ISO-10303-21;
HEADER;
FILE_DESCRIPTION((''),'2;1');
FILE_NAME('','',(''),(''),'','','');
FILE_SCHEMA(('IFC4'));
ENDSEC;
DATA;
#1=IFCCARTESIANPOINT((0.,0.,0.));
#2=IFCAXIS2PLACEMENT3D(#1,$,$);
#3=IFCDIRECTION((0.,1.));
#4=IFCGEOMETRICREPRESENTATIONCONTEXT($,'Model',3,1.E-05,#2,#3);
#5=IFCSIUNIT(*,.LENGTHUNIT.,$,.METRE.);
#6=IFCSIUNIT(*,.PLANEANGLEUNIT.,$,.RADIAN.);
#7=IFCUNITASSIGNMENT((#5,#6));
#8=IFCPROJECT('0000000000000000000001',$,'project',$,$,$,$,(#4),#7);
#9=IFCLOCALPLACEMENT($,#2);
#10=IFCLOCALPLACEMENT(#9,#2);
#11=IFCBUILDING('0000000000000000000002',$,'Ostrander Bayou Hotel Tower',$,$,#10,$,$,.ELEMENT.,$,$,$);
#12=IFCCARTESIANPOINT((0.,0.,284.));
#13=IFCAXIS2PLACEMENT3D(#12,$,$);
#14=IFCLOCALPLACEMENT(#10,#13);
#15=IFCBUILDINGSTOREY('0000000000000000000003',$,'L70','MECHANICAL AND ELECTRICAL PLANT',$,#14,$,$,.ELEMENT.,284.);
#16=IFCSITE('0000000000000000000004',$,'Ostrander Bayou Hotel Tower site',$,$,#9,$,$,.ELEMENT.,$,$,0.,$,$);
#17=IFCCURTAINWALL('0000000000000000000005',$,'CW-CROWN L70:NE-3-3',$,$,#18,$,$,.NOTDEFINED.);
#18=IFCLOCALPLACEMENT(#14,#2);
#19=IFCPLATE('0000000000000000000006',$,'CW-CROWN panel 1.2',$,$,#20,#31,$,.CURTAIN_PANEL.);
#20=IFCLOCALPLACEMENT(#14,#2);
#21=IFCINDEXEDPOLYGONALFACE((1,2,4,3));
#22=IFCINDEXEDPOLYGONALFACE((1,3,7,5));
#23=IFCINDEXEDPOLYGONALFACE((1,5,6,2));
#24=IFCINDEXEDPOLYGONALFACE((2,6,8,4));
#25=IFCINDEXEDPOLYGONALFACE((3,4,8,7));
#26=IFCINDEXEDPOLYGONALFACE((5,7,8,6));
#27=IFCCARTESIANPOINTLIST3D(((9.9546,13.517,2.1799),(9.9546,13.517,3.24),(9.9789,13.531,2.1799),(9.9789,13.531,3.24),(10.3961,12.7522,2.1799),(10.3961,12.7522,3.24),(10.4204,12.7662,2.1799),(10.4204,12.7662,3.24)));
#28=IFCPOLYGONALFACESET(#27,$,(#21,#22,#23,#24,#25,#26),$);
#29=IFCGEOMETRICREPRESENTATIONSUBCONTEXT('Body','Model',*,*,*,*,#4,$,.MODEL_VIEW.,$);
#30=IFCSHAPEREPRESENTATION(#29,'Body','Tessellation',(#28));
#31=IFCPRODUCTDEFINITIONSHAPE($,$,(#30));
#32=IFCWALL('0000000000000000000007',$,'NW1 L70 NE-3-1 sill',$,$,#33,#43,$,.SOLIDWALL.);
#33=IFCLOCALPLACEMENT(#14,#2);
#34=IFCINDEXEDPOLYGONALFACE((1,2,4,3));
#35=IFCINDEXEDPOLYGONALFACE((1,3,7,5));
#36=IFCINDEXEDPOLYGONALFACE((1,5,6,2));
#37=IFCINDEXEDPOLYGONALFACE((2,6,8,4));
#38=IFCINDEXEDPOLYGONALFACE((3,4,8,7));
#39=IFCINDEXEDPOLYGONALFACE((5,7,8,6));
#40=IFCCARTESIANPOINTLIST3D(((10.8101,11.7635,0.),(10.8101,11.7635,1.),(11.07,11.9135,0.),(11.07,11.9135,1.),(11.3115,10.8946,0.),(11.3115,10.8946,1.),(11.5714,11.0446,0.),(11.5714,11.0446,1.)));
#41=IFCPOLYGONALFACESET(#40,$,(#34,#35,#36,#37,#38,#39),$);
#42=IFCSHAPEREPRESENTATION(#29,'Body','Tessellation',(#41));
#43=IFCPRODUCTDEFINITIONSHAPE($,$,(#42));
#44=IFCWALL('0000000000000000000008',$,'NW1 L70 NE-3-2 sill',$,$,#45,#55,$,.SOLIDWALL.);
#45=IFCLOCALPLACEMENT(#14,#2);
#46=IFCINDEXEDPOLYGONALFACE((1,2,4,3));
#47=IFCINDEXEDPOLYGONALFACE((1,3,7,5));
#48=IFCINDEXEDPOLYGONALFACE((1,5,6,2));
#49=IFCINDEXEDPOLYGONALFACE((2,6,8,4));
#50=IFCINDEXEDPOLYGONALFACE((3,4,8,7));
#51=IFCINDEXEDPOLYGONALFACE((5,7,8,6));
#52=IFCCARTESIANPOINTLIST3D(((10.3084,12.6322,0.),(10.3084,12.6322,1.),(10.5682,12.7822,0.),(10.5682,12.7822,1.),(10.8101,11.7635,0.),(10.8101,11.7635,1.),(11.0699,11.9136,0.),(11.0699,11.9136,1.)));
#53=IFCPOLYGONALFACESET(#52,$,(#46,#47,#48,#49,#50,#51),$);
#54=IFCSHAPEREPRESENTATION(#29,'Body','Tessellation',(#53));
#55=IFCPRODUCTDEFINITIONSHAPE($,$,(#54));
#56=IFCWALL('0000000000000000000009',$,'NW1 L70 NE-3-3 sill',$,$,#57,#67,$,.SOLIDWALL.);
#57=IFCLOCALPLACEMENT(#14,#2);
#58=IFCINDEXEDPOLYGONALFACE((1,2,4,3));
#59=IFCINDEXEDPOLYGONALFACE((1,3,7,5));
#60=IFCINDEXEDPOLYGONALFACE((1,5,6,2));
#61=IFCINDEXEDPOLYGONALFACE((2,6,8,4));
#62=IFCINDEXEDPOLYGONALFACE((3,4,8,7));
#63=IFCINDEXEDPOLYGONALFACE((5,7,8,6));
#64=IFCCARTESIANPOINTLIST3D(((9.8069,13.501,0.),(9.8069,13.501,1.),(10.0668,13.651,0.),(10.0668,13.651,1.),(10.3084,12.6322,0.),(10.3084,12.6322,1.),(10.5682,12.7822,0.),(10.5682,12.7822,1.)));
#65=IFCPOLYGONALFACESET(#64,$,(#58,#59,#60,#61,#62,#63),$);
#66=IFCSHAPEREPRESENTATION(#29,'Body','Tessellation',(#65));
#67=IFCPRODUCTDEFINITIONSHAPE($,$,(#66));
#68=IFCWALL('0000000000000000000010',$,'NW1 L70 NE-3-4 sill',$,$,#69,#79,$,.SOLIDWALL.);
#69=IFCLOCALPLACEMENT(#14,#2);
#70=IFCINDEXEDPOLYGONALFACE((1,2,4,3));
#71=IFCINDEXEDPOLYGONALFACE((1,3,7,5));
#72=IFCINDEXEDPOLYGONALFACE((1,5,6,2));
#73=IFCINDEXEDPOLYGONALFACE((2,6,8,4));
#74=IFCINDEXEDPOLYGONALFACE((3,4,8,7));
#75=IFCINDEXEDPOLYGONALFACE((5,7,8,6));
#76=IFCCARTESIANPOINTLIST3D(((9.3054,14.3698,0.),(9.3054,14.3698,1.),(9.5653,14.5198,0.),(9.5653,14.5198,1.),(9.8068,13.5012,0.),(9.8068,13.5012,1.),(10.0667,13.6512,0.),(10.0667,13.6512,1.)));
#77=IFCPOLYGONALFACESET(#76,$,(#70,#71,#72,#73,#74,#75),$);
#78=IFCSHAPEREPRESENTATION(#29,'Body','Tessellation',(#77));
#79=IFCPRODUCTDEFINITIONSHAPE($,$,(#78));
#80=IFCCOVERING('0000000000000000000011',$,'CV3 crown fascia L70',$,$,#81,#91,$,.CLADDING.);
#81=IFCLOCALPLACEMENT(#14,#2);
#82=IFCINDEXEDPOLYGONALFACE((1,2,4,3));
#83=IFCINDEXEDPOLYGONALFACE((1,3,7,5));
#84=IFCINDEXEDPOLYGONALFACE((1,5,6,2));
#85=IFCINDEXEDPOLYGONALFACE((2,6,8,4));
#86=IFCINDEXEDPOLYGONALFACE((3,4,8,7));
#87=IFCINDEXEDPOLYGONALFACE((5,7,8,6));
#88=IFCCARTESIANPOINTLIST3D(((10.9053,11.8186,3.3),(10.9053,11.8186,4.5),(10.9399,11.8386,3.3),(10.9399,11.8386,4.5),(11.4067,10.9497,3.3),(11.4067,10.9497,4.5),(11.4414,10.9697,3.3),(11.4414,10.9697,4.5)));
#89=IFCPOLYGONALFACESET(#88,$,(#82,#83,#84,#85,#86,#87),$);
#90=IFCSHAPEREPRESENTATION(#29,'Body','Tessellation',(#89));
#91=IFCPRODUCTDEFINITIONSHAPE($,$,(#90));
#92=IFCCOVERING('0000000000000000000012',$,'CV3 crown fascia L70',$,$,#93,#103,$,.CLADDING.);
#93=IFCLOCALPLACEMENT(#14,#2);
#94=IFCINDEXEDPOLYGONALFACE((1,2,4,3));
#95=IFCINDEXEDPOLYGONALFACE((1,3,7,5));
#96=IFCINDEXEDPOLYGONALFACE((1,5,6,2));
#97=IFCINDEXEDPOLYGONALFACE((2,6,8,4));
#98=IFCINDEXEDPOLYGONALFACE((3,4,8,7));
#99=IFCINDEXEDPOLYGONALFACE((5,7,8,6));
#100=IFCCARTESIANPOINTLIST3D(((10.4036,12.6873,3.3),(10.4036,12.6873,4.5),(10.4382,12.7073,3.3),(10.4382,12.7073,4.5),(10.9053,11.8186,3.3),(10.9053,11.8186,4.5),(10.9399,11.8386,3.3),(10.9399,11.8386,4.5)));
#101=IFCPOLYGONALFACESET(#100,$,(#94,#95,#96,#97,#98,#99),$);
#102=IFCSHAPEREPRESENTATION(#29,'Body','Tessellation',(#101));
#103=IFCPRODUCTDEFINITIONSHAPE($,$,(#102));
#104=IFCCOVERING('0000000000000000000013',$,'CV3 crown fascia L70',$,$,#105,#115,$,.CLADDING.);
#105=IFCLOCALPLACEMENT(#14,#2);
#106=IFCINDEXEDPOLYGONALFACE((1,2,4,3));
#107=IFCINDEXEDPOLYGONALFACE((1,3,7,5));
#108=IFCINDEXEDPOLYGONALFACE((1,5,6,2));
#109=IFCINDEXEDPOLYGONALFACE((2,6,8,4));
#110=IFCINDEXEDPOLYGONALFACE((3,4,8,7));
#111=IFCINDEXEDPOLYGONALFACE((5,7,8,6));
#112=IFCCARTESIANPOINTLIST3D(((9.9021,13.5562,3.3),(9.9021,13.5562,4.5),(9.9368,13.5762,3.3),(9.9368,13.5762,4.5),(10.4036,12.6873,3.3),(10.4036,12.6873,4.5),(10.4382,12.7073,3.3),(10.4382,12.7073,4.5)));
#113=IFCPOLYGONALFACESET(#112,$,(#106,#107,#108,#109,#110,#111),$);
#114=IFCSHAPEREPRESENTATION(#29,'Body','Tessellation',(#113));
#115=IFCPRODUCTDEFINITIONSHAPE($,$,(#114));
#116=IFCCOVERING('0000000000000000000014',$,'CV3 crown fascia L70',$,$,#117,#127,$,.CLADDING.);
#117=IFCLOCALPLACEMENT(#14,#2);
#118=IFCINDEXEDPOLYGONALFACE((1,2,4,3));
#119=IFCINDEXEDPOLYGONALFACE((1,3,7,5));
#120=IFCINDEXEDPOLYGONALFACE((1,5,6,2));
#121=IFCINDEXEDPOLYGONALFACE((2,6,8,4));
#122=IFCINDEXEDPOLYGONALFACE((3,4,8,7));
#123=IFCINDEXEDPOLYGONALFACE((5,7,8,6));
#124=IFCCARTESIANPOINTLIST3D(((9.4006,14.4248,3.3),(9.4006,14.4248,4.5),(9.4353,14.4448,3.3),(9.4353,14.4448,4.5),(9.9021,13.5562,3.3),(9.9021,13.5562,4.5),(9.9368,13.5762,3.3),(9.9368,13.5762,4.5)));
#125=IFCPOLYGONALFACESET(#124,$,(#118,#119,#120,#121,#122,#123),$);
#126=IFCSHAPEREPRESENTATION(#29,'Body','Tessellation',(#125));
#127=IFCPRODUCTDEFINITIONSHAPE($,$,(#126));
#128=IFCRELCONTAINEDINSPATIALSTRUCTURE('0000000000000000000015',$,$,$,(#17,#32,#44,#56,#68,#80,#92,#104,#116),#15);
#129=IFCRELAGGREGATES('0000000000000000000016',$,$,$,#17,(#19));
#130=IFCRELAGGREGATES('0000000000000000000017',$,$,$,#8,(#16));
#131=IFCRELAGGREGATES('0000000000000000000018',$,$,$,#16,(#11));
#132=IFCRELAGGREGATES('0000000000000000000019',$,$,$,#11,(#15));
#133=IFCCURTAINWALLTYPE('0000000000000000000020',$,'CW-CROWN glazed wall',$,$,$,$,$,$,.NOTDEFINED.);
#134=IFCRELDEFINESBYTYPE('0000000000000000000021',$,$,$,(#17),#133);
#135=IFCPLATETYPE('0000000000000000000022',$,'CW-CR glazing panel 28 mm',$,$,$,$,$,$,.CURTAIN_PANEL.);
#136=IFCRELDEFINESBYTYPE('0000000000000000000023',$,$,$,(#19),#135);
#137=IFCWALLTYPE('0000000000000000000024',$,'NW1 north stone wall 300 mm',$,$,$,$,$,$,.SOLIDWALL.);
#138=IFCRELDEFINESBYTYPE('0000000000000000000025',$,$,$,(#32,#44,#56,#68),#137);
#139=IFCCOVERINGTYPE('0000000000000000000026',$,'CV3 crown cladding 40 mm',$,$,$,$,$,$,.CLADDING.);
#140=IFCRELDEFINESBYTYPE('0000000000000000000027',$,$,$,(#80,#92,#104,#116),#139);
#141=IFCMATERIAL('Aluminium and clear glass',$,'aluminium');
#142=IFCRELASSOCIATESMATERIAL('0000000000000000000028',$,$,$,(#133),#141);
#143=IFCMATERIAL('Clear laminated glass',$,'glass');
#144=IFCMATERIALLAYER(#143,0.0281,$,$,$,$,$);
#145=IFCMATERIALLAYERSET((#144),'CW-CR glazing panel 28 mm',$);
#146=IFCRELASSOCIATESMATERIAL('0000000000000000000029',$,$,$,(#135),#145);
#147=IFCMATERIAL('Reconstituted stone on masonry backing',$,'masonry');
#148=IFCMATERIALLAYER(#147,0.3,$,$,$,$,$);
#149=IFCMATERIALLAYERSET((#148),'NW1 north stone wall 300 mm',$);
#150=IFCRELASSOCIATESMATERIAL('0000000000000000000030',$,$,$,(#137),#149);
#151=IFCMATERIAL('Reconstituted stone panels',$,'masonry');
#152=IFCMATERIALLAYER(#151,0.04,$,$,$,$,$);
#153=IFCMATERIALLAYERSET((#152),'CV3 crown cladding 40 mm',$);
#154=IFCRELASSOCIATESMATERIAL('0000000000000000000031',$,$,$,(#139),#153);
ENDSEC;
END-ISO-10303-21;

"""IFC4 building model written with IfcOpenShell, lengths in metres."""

from ifc_helpers import new_model, si_unit, direction, frame, frame_2d, origin, origin_2d, place, context, subcontext, project, spatial, polyline, rectangle, outline, extrude, material, layer, layer_set, type_object, element, aggregate, save


model = new_model("IFC4")

# Units and contexts
model_context = context("Model", 3, precision=1e-05, world=origin(), true_north=direction((0.0, 1.0)))
body_context = subcontext(model_context, "Body", "Model", "MODEL_VIEW")
ifc_project = project(units=[si_unit("LENGTHUNIT", "METRE"), si_unit("PLANEANGLEUNIT", "RADIAN")], contexts=[model_context])

# Site, building, storey
site_placement = place(None, origin())
site = spatial("IfcSite", under=ifc_project, at=site_placement, Name="Ostrander Bayou Hotel Tower site", CompositionType="ELEMENT", RefElevation=0.0)
building_placement = place(site_placement, origin())
building = spatial("IfcBuilding", under=site, at=building_placement, Name="Ostrander Bayou Hotel Tower", CompositionType="ELEMENT")
storey_placement = place(building_placement, frame((0.0, 0.0, 284.0)))
storey = spatial("IfcBuildingStorey", under=building, at=storey_placement, Name="L70", Description="MECHANICAL AND ELECTRICAL PLANT", CompositionType="ELEMENT", Elevation=284.0)

# Curtain wall
ifc_material_1 = material(Name="Aluminium and clear glass", Category="aluminium")
curtain_wall_type = type_object("IfcCurtainWallType", Name="CW-CROWN glazed wall", PredefinedType="NOTDEFINED", material=ifc_material_1)
curtain_wall_1_placement = place(storey_placement, origin())
curtain_wall_1 = element("IfcCurtainWall", 1, at=curtain_wall_1_placement, inside=storey, type_object=curtain_wall_type, Name="CW-CROWN L70:NE-3-3", PredefinedType="NOTDEFINED")

# Plate
ifc_material_2 = material(Name="Clear laminated glass", Category="glass")
ifc_layer_1 = layer(ifc_material_2, 0.0281)
ifc_layer_set_1 = layer_set([ifc_layer_1], Name="CW-CR glazing panel 28 mm")
plate_type = type_object("IfcPlateType", Name="CW-CR glazing panel 28 mm", PredefinedType="CURTAIN_PANEL", material=ifc_layer_set_1)
plate_1_placement = place(storey_placement, frame((10.1875, 13.1416, 2.1799), z_axis=(0.0, 0.0, 1.0), x_axis=(-0.499924, 0.866069, 0.0)))
plate_1 = element("IfcPlate", 2, at=plate_1_placement, type_object=plate_type, Name="CW-CROWN panel 1.2", PredefinedType="CURTAIN_PANEL", context=body_context, shape_type="SweptSolid", body=[
    extrude(rectangle(XDim=0.8831, YDim=0.0281, at=origin_2d()), origin(), (0.0, 0.0, 1.0), 1.0601),
])
aggregate(curtain_wall_1, [plate_1])

# Walls
ifc_material_3 = material(Name="Reconstituted stone on masonry backing", Category="masonry")
ifc_layer_2 = layer(ifc_material_3, 0.3)
ifc_layer_set_2 = layer_set([ifc_layer_2], Name="NW1 north stone wall 300 mm")
wall_type = type_object("IfcWallType", Name="NW1 north stone wall 300 mm", PredefinedType="SOLIDWALL", material=ifc_layer_set_2)
for number, where, z_axis, x_axis, name in (
    (3, (11.4414, 10.9697, 0.0), (0.0, 0.0, 1.0), (-0.499856, 0.866109, 0.0), "NW1 L70 NE-3-1 sill"),
    (4, (10.9399, 11.8386, 0.0), (0.0, 0.0, 1.0), (-0.500144, 0.865942, 0.0), "NW1 L70 NE-3-2 sill"),
    (5, (10.4382, 12.7073, 0.0), (0.0, 0.0, 1.0), (-0.499856, 0.866109, 0.0), "NW1 L70 NE-3-3 sill"),
):
    element("IfcWall", number, at=place(storey_placement, frame(where, z_axis=z_axis, x_axis=x_axis)), inside=storey, type_object=wall_type, Name=name, PredefinedType="SOLIDWALL", context=body_context, shape_type="SweptSolid", body=[
        extrude(rectangle(XDim=1.0032, YDim=0.3, at=frame_2d((0.5015, 0.0))), origin(), (0.0, 0.0, 1.0), 1.0),
    ])
wall_placement = place(storey_placement, frame((9.9368, 13.5762, 0.0), z_axis=(0.0, 0.0, 1.0), x_axis=(-0.499961, 0.866048, 0.0)))
element("IfcWall", 6, at=wall_placement, inside=storey, type_object=wall_type, Name="NW1 L70 NE-3-4 sill", PredefinedType="SOLIDWALL", context=body_context, shape_type="SweptSolid", body=[
    extrude(rectangle(XDim=1.0029, YDim=0.3, at=frame_2d((0.5015, 0.0))), origin(), (0.0, 0.0, 1.0), 1.0),
])

# Coverings
ifc_material_4 = material(Name="Reconstituted stone panels", Category="masonry")
ifc_layer_3 = layer(ifc_material_4, 0.04)
ifc_layer_set_3 = layer_set([ifc_layer_3], Name="CV3 crown cladding 40 mm")
covering_type = type_object("IfcCoveringType", Name="CV3 crown cladding 40 mm", PredefinedType="CLADDING", material=ifc_layer_set_3)
covering_1_placement = place(storey_placement, frame((11.4414, 10.9697, 3.3), z_axis=(0.866109, 0.499856, 0.0), x_axis=(-0.499856, 0.866109, 0.0)))
element("IfcCovering", 7, at=covering_1_placement, inside=storey, type_object=covering_type, Name="CV3 crown fascia L70", PredefinedType="CLADDING", context=body_context, shape_type="SweptSolid", body=[
    extrude(outline(polyline([(0.0, 0.0), (1.0032, 0.0), (1.0032, 1.2), (0.0, 1.2), (0.0, 0.0)])), origin(), (0.0, 0.0, -1.0), 0.04),
])
covering_2_placement = place(storey_placement, frame((10.9399, 11.8386, 3.3), z_axis=(0.865942, 0.500144, 0.0), x_axis=(-0.500144, 0.865942, 0.0)))
element("IfcCovering", 8, at=covering_2_placement, inside=storey, type_object=covering_type, Name="CV3 crown fascia L70", PredefinedType="CLADDING", context=body_context, shape_type="SweptSolid", body=[
    extrude(outline(polyline([(0.0, 0.0), (1.0031, 0.0), (1.0031, 1.2), (0.0, 1.2), (0.0, 0.0)])), origin(), (0.0, 0.0, -1.0), 0.04),
])
covering_3_placement = place(storey_placement, frame((10.4382, 12.7073, 3.3), z_axis=(0.866109, 0.499856, 0.0), x_axis=(-0.499856, 0.866109, 0.0)))
element("IfcCovering", 9, at=covering_3_placement, inside=storey, type_object=covering_type, Name="CV3 crown fascia L70", PredefinedType="CLADDING", context=body_context, shape_type="SweptSolid", body=[
    extrude(outline(polyline([(0.0, 0.0), (1.0032, 0.0), (1.0032, 1.2), (0.0, 1.2), (0.0, 0.0)])), origin(), (0.0, 0.0, -1.0), 0.04),
])
covering_4_placement = place(storey_placement, frame((9.9368, 13.5762, 3.3), z_axis=(0.866048, 0.499961, 0.0), x_axis=(-0.499961, 0.866048, 0.0)))
element("IfcCovering", 10, at=covering_4_placement, inside=storey, type_object=covering_type, Name="CV3 crown fascia L70", PredefinedType="CLADDING", context=body_context, shape_type="SweptSolid", body=[
    extrude(outline(polyline([(0.0, 0.0), (1.003, 0.0), (1.003, 1.2), (0.0, 1.2), (0.0, 0.0)])), origin(), (0.0, 0.0, -1.0), 0.04),
])

save(model, "model.ifc")
